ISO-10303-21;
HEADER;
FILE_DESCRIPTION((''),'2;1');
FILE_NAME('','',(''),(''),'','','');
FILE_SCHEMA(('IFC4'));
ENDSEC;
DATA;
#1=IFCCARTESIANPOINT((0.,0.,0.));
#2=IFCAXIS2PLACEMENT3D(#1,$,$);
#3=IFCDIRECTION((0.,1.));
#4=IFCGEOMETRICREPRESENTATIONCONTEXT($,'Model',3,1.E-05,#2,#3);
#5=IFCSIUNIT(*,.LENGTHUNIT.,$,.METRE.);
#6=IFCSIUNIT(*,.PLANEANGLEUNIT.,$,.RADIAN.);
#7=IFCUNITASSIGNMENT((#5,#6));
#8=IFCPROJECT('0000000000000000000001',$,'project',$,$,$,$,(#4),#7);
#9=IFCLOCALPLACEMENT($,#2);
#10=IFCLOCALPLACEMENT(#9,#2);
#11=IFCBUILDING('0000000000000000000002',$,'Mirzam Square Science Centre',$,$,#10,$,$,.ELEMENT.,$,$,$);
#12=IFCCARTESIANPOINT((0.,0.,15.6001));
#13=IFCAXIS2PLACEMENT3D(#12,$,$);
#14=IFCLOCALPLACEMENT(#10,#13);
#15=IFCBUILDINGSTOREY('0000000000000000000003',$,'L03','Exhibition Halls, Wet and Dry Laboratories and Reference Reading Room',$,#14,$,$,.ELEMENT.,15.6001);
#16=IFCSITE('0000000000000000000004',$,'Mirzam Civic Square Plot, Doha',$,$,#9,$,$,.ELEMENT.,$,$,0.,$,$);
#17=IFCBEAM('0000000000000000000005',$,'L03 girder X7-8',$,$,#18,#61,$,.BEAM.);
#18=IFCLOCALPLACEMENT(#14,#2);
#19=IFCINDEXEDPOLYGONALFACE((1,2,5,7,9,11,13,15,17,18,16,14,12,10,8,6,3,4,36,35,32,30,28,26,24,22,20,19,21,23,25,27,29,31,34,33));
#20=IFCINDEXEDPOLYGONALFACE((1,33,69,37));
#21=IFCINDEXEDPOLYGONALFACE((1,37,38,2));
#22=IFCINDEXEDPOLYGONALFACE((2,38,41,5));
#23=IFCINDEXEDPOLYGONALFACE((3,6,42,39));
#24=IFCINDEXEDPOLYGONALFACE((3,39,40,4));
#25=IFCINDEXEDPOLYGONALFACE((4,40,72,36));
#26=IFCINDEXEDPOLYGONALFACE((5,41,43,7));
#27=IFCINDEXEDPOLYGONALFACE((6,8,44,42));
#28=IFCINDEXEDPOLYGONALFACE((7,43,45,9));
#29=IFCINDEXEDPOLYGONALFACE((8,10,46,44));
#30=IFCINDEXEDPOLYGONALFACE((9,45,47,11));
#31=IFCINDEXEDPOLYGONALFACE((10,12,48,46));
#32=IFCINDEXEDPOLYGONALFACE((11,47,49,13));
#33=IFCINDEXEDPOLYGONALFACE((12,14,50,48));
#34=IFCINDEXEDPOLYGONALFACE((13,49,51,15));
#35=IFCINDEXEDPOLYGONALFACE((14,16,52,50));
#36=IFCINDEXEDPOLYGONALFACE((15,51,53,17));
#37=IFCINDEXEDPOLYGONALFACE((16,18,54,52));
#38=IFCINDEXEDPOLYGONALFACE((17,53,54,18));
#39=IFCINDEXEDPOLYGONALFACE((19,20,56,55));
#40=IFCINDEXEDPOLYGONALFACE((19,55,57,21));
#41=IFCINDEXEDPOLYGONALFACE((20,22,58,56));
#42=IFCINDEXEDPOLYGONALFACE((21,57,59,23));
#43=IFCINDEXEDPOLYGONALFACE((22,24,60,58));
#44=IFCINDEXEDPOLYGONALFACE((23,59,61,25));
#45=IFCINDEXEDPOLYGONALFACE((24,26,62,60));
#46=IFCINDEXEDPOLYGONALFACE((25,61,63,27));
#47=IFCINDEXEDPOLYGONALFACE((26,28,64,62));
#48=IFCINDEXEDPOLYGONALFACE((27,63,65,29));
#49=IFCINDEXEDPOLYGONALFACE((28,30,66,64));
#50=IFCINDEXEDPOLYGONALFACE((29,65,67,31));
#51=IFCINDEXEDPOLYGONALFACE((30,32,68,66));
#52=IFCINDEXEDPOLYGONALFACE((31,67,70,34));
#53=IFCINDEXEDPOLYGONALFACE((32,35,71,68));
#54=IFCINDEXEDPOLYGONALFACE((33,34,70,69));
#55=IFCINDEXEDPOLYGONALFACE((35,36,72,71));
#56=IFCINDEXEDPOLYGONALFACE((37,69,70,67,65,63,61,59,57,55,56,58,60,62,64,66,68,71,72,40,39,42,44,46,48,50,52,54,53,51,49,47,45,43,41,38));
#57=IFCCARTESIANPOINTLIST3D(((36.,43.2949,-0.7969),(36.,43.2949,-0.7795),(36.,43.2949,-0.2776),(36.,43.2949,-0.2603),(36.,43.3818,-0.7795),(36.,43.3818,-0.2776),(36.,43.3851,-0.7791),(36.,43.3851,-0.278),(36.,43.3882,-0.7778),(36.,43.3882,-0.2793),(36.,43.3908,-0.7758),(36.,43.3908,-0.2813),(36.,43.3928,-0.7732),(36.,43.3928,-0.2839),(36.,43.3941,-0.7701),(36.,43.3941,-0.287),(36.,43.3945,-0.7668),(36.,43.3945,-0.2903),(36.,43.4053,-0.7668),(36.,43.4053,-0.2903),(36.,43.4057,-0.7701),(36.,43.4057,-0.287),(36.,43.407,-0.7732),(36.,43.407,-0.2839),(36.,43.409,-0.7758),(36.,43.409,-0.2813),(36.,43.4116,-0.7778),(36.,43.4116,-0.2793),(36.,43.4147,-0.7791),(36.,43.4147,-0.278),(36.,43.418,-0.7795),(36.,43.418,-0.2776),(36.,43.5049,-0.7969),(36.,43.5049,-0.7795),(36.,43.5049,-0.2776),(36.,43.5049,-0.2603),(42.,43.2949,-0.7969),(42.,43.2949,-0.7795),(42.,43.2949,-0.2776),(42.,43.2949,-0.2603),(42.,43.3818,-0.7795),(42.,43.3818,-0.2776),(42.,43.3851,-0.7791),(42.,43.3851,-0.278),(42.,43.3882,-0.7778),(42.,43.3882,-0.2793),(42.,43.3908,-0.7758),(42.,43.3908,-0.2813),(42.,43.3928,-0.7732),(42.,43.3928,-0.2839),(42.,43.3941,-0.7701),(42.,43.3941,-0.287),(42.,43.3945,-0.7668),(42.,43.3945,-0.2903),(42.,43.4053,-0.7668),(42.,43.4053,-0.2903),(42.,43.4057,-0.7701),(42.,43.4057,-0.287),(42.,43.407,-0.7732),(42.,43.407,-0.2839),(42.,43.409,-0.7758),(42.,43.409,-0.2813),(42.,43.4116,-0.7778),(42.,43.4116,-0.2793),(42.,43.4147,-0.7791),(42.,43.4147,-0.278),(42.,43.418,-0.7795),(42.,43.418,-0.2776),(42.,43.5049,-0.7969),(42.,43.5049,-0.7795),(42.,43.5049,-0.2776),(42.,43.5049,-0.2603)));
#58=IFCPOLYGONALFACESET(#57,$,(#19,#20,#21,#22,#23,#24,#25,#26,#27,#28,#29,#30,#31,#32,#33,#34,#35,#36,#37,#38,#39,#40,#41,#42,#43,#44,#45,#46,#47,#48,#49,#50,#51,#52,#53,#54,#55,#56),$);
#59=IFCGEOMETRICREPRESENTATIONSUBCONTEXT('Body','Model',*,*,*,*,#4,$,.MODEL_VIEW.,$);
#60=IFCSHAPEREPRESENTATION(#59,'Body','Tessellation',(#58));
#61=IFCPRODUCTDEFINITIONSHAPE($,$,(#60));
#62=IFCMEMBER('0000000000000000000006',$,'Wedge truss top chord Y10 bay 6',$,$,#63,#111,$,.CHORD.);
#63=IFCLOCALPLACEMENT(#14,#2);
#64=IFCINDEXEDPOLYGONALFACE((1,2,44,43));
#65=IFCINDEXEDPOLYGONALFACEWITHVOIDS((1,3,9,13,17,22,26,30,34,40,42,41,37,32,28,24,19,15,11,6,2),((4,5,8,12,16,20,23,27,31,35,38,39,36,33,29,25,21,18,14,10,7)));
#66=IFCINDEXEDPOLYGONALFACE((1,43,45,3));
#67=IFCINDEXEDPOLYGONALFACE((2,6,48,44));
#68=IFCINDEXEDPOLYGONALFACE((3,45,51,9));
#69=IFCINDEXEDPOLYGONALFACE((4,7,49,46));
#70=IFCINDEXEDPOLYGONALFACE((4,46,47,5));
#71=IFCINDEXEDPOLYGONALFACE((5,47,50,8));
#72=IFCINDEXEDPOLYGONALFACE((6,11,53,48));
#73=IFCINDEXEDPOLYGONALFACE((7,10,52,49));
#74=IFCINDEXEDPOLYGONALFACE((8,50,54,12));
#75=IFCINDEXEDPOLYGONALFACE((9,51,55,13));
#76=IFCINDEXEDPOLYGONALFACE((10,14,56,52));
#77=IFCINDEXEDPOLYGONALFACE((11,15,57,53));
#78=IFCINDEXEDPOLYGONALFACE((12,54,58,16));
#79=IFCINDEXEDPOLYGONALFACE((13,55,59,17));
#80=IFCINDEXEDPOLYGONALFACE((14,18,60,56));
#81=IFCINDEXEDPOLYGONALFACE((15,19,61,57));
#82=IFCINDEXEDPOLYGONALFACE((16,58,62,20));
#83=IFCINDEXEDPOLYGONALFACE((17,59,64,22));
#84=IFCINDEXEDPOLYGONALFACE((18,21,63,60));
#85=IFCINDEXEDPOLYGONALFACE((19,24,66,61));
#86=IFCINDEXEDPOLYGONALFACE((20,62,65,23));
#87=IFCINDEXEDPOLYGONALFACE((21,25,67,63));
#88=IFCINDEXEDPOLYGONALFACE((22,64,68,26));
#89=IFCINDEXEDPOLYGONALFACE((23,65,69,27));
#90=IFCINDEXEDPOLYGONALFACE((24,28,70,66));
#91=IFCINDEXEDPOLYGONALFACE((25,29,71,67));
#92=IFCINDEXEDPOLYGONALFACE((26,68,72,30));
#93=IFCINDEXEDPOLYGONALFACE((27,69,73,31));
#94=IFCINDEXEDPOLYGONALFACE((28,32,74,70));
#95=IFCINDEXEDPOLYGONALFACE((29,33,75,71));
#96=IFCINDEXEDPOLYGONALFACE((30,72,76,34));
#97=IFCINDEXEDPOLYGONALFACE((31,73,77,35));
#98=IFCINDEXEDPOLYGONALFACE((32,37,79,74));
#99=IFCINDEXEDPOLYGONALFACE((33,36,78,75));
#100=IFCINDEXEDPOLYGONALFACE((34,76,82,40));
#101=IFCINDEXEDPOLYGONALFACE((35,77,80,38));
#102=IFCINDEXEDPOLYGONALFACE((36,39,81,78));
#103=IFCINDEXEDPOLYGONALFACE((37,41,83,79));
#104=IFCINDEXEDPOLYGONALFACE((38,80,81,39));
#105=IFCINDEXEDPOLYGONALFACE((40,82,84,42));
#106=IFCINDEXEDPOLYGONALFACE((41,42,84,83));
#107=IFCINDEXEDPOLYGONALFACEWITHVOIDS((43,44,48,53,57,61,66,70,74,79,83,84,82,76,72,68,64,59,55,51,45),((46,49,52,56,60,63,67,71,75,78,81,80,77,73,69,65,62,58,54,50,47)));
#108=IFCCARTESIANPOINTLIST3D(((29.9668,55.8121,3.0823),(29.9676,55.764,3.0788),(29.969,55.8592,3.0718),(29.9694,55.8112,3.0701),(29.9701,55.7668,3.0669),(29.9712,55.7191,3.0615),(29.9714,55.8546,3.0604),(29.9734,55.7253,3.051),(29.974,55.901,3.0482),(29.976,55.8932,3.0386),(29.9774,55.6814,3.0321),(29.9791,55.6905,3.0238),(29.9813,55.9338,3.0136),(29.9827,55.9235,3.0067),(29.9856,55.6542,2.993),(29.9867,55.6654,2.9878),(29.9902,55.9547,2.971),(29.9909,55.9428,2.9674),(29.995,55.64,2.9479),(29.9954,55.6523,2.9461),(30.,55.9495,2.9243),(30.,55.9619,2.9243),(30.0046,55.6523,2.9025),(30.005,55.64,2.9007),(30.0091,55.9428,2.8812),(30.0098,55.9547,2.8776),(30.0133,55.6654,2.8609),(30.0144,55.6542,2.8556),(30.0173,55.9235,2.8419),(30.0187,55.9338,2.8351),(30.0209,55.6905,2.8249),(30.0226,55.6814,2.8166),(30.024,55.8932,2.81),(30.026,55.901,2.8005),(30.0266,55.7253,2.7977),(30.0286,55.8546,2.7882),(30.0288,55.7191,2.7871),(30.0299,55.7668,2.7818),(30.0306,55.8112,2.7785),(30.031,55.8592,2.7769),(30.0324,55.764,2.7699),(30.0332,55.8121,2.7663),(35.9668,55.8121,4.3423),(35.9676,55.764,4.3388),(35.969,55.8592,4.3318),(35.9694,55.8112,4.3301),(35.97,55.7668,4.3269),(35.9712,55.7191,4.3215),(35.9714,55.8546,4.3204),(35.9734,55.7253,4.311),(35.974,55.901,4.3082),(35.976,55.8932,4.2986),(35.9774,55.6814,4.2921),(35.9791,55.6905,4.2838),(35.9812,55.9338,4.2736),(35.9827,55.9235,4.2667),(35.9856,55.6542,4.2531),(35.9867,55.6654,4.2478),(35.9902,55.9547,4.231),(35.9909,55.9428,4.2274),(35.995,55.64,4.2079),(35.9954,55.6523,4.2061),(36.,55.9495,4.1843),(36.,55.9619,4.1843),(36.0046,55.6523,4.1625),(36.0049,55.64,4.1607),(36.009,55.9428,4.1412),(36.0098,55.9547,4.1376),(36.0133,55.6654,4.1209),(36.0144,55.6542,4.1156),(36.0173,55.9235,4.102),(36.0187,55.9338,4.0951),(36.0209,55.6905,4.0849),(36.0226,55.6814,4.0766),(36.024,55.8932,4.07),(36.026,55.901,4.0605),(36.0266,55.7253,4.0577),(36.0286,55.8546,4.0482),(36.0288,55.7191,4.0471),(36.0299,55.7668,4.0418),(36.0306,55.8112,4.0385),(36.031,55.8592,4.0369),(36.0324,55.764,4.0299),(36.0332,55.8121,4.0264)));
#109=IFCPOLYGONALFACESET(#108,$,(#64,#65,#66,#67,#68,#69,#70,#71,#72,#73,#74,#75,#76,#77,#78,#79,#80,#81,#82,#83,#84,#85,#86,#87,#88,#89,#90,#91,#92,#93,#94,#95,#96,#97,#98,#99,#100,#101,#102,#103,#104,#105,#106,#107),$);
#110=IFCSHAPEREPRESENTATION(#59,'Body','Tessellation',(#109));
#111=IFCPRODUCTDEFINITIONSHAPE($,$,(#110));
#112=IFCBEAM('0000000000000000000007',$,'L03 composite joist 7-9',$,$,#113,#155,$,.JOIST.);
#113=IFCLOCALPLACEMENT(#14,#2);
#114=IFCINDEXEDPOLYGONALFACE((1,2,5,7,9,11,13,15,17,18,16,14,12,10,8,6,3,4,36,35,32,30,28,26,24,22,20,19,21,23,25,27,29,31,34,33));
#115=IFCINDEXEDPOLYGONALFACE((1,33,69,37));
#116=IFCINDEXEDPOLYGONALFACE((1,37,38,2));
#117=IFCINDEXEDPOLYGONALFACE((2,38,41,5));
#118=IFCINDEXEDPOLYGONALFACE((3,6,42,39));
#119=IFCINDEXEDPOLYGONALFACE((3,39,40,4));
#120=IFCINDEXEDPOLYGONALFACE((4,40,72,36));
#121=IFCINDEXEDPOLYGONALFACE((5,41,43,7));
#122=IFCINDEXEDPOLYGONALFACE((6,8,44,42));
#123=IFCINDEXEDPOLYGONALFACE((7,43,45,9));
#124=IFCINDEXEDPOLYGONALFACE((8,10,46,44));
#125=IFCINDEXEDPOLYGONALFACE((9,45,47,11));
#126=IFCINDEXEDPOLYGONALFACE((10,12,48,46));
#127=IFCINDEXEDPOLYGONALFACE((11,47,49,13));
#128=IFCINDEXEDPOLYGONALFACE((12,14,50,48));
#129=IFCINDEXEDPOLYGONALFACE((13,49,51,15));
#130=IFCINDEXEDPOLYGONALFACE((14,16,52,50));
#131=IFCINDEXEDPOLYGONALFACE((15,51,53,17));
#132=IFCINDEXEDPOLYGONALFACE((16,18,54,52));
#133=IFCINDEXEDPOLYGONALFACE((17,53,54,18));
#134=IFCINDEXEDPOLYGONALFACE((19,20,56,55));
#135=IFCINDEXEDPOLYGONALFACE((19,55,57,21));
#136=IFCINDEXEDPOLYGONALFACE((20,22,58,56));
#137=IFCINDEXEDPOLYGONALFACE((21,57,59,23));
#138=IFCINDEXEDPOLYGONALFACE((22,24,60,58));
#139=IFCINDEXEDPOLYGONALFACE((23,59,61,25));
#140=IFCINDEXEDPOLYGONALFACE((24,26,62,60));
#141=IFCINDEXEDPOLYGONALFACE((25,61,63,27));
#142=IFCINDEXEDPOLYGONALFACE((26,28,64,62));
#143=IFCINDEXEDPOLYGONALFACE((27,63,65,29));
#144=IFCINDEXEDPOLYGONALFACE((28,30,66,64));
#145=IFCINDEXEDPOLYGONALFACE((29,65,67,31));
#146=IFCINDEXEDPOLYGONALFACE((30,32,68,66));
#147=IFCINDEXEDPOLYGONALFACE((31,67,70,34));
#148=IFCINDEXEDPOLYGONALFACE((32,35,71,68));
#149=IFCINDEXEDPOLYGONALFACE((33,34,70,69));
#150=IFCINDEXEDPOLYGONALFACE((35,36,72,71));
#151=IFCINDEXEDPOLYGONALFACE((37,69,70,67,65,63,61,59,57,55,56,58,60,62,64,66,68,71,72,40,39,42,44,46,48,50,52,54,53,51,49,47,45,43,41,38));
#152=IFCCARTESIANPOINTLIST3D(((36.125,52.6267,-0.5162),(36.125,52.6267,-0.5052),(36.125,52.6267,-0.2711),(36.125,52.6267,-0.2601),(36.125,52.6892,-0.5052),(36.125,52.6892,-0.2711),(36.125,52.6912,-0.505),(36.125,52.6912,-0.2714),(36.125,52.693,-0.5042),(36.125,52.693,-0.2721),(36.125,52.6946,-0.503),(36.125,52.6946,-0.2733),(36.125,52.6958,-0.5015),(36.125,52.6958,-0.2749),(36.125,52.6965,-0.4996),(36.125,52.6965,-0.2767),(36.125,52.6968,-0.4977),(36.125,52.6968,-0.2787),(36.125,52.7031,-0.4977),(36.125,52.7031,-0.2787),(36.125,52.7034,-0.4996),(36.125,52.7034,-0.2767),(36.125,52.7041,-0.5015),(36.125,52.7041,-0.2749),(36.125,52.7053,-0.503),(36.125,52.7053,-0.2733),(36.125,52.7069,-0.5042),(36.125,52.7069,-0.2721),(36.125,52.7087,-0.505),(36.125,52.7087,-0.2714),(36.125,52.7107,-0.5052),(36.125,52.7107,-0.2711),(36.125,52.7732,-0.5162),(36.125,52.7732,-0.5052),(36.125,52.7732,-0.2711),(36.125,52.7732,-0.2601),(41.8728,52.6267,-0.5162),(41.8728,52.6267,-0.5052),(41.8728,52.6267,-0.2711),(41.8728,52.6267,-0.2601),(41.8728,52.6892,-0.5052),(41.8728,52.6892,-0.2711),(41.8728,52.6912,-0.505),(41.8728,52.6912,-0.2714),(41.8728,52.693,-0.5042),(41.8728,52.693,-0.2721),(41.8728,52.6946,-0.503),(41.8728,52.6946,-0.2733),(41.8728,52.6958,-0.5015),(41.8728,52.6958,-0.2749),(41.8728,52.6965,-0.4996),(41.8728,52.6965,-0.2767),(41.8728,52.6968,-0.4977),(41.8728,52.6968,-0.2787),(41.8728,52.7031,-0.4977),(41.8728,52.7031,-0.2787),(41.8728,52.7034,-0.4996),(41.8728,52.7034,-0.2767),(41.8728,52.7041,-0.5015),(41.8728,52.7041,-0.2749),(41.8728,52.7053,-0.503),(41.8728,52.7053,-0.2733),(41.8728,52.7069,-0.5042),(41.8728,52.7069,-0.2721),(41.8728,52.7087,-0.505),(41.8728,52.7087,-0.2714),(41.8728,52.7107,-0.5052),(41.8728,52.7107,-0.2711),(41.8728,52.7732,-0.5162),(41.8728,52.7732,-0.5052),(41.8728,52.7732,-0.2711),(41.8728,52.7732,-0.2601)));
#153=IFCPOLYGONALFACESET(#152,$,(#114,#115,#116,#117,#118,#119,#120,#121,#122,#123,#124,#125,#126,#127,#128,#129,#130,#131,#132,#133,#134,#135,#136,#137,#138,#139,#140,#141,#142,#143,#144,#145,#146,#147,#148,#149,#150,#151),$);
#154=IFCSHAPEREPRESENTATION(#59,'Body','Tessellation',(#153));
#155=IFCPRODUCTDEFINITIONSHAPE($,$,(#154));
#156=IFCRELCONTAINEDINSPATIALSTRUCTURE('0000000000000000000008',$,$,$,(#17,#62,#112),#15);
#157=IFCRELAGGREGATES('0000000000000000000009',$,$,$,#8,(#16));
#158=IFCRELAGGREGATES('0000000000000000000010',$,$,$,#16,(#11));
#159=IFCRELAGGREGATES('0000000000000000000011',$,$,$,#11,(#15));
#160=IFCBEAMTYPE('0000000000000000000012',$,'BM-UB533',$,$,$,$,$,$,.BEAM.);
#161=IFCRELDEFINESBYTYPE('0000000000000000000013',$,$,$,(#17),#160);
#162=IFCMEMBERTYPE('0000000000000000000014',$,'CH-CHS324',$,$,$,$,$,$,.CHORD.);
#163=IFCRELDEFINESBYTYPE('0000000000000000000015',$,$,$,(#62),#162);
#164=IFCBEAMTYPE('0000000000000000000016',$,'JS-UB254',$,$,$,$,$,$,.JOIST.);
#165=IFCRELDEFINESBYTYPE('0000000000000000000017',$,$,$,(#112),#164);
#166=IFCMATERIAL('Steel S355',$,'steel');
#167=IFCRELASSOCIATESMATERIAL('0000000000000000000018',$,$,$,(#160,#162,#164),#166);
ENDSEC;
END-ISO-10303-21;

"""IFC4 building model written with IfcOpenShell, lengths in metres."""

from ifc_helpers import new_model, si_unit, direction, frame, origin, origin_2d, place, context, subcontext, project, spatial, hollow_circle, i_section, extrude, material, material_profile, profile_set, type_object, element, save


model = new_model("IFC4")

# Units and contexts
model_context = context("Model", 3, precision=1e-05, world=origin(), true_north=direction((0.0, 1.0)))
body_context = subcontext(model_context, "Body", "Model", "MODEL_VIEW")
ifc_project = project(units=[si_unit("LENGTHUNIT", "METRE"), si_unit("PLANEANGLEUNIT", "RADIAN")], contexts=[model_context])

# Site, building, storey
site_placement = place(None, origin())
site = spatial("IfcSite", under=ifc_project, at=site_placement, Name="Mirzam Civic Square Plot, Doha", CompositionType="ELEMENT", RefElevation=0.0)
building_placement = place(site_placement, origin())
building = spatial("IfcBuilding", under=site, at=building_placement, Name="Mirzam Square Science Centre", CompositionType="ELEMENT")
storey_placement = place(building_placement, frame((0.0, 0.0, 15.6001)))
storey = spatial("IfcBuildingStorey", under=building, at=storey_placement, Name="L03", Description="Exhibition Halls, Wet and Dry Laboratories and Reference Reading Room", CompositionType="ELEMENT", Elevation=15.6001)

# Shared definitions
ifc_material_1 = material(Name="Steel S355", Category="steel")

# Beam
ifc_material_profile_1 = material_profile(ifc_material_1, i_section(OverallWidth=0.21, OverallDepth=0.5366, WebThickness=0.0107, FlangeThickness=0.0173, FilletRadius=0.0127, at=origin_2d()), Name="533x210x101UB")
ifc_profile_set_1 = profile_set([ifc_material_profile_1], Name="Steel S355")
beam_type_1 = type_object("IfcBeamType", Name="BM-UB533", PredefinedType="BEAM", material=ifc_profile_set_1)
beam_1_placement = place(storey_placement, frame((36.0, 43.3999, -0.5286), z_axis=(1.0, 0.0, 0.0), x_axis=(0.0, 1.0, 0.0)))
element("IfcBeam", 1, at=beam_1_placement, inside=storey, type_object=beam_type_1, Name="L03 girder X7-8", PredefinedType="BEAM", context=body_context, shape_type="SweptSolid", body=[
    extrude(i_section(OverallWidth=0.21, OverallDepth=0.5366, WebThickness=0.0107, FlangeThickness=0.0173, FilletRadius=0.0127, at=origin_2d()), origin(), (0.0, 0.0, 1.0), 6.0),
])

# Member
ifc_material_profile_2 = material_profile(ifc_material_1, hollow_circle(Radius=0.1619, WallThickness=0.0125, at=origin_2d()), Name="323.9x12.5CHS")
ifc_profile_set_2 = profile_set([ifc_material_profile_2], Name="Steel S355")
member_type_1 = type_object("IfcMemberType", Name="CH-CHS324", PredefinedType="CHORD", material=ifc_profile_set_2)
member_1_placement = place(storey_placement, frame((30.0, 55.8, 2.9243), z_axis=(0.978653, 0.0, 0.205519), x_axis=(0.0, 1.0, 0.0)))
element("IfcMember", 2, at=member_1_placement, inside=storey, type_object=member_type_1, Name="Wedge truss top chord Y10 bay 6", PredefinedType="CHORD", context=body_context, shape_type="SweptSolid", body=[
    extrude(hollow_circle(Radius=0.1619, WallThickness=0.0125, at=origin_2d()), origin(), (0.0, 0.0, 1.0), 6.1309),
])

# Beam
ifc_material_profile_3 = material_profile(ifc_material_1, i_section(OverallWidth=0.1465, OverallDepth=0.2561, WebThickness=0.0063, FlangeThickness=0.011, FilletRadius=0.0076, at=origin_2d()), Name="254x146x37UB")
ifc_profile_set_3 = profile_set([ifc_material_profile_3], Name="Steel S355")
beam_type_2 = type_object("IfcBeamType", Name="JS-UB254", PredefinedType="JOIST", material=ifc_profile_set_3)
beam_2_placement = place(storey_placement, frame((36.125, 52.7, -0.3882), z_axis=(1.0, 0.0, 0.0), x_axis=(0.0, 1.0, 0.0)))
element("IfcBeam", 3, at=beam_2_placement, inside=storey, type_object=beam_type_2, Name="L03 composite joist 7-9", PredefinedType="JOIST", context=body_context, shape_type="SweptSolid", body=[
    extrude(i_section(OverallWidth=0.1465, OverallDepth=0.2561, WebThickness=0.0063, FlangeThickness=0.011, FilletRadius=0.0076, at=origin_2d()), origin(), (0.0, 0.0, 1.0), 5.7478),
])

save(model, "model.ifc")
